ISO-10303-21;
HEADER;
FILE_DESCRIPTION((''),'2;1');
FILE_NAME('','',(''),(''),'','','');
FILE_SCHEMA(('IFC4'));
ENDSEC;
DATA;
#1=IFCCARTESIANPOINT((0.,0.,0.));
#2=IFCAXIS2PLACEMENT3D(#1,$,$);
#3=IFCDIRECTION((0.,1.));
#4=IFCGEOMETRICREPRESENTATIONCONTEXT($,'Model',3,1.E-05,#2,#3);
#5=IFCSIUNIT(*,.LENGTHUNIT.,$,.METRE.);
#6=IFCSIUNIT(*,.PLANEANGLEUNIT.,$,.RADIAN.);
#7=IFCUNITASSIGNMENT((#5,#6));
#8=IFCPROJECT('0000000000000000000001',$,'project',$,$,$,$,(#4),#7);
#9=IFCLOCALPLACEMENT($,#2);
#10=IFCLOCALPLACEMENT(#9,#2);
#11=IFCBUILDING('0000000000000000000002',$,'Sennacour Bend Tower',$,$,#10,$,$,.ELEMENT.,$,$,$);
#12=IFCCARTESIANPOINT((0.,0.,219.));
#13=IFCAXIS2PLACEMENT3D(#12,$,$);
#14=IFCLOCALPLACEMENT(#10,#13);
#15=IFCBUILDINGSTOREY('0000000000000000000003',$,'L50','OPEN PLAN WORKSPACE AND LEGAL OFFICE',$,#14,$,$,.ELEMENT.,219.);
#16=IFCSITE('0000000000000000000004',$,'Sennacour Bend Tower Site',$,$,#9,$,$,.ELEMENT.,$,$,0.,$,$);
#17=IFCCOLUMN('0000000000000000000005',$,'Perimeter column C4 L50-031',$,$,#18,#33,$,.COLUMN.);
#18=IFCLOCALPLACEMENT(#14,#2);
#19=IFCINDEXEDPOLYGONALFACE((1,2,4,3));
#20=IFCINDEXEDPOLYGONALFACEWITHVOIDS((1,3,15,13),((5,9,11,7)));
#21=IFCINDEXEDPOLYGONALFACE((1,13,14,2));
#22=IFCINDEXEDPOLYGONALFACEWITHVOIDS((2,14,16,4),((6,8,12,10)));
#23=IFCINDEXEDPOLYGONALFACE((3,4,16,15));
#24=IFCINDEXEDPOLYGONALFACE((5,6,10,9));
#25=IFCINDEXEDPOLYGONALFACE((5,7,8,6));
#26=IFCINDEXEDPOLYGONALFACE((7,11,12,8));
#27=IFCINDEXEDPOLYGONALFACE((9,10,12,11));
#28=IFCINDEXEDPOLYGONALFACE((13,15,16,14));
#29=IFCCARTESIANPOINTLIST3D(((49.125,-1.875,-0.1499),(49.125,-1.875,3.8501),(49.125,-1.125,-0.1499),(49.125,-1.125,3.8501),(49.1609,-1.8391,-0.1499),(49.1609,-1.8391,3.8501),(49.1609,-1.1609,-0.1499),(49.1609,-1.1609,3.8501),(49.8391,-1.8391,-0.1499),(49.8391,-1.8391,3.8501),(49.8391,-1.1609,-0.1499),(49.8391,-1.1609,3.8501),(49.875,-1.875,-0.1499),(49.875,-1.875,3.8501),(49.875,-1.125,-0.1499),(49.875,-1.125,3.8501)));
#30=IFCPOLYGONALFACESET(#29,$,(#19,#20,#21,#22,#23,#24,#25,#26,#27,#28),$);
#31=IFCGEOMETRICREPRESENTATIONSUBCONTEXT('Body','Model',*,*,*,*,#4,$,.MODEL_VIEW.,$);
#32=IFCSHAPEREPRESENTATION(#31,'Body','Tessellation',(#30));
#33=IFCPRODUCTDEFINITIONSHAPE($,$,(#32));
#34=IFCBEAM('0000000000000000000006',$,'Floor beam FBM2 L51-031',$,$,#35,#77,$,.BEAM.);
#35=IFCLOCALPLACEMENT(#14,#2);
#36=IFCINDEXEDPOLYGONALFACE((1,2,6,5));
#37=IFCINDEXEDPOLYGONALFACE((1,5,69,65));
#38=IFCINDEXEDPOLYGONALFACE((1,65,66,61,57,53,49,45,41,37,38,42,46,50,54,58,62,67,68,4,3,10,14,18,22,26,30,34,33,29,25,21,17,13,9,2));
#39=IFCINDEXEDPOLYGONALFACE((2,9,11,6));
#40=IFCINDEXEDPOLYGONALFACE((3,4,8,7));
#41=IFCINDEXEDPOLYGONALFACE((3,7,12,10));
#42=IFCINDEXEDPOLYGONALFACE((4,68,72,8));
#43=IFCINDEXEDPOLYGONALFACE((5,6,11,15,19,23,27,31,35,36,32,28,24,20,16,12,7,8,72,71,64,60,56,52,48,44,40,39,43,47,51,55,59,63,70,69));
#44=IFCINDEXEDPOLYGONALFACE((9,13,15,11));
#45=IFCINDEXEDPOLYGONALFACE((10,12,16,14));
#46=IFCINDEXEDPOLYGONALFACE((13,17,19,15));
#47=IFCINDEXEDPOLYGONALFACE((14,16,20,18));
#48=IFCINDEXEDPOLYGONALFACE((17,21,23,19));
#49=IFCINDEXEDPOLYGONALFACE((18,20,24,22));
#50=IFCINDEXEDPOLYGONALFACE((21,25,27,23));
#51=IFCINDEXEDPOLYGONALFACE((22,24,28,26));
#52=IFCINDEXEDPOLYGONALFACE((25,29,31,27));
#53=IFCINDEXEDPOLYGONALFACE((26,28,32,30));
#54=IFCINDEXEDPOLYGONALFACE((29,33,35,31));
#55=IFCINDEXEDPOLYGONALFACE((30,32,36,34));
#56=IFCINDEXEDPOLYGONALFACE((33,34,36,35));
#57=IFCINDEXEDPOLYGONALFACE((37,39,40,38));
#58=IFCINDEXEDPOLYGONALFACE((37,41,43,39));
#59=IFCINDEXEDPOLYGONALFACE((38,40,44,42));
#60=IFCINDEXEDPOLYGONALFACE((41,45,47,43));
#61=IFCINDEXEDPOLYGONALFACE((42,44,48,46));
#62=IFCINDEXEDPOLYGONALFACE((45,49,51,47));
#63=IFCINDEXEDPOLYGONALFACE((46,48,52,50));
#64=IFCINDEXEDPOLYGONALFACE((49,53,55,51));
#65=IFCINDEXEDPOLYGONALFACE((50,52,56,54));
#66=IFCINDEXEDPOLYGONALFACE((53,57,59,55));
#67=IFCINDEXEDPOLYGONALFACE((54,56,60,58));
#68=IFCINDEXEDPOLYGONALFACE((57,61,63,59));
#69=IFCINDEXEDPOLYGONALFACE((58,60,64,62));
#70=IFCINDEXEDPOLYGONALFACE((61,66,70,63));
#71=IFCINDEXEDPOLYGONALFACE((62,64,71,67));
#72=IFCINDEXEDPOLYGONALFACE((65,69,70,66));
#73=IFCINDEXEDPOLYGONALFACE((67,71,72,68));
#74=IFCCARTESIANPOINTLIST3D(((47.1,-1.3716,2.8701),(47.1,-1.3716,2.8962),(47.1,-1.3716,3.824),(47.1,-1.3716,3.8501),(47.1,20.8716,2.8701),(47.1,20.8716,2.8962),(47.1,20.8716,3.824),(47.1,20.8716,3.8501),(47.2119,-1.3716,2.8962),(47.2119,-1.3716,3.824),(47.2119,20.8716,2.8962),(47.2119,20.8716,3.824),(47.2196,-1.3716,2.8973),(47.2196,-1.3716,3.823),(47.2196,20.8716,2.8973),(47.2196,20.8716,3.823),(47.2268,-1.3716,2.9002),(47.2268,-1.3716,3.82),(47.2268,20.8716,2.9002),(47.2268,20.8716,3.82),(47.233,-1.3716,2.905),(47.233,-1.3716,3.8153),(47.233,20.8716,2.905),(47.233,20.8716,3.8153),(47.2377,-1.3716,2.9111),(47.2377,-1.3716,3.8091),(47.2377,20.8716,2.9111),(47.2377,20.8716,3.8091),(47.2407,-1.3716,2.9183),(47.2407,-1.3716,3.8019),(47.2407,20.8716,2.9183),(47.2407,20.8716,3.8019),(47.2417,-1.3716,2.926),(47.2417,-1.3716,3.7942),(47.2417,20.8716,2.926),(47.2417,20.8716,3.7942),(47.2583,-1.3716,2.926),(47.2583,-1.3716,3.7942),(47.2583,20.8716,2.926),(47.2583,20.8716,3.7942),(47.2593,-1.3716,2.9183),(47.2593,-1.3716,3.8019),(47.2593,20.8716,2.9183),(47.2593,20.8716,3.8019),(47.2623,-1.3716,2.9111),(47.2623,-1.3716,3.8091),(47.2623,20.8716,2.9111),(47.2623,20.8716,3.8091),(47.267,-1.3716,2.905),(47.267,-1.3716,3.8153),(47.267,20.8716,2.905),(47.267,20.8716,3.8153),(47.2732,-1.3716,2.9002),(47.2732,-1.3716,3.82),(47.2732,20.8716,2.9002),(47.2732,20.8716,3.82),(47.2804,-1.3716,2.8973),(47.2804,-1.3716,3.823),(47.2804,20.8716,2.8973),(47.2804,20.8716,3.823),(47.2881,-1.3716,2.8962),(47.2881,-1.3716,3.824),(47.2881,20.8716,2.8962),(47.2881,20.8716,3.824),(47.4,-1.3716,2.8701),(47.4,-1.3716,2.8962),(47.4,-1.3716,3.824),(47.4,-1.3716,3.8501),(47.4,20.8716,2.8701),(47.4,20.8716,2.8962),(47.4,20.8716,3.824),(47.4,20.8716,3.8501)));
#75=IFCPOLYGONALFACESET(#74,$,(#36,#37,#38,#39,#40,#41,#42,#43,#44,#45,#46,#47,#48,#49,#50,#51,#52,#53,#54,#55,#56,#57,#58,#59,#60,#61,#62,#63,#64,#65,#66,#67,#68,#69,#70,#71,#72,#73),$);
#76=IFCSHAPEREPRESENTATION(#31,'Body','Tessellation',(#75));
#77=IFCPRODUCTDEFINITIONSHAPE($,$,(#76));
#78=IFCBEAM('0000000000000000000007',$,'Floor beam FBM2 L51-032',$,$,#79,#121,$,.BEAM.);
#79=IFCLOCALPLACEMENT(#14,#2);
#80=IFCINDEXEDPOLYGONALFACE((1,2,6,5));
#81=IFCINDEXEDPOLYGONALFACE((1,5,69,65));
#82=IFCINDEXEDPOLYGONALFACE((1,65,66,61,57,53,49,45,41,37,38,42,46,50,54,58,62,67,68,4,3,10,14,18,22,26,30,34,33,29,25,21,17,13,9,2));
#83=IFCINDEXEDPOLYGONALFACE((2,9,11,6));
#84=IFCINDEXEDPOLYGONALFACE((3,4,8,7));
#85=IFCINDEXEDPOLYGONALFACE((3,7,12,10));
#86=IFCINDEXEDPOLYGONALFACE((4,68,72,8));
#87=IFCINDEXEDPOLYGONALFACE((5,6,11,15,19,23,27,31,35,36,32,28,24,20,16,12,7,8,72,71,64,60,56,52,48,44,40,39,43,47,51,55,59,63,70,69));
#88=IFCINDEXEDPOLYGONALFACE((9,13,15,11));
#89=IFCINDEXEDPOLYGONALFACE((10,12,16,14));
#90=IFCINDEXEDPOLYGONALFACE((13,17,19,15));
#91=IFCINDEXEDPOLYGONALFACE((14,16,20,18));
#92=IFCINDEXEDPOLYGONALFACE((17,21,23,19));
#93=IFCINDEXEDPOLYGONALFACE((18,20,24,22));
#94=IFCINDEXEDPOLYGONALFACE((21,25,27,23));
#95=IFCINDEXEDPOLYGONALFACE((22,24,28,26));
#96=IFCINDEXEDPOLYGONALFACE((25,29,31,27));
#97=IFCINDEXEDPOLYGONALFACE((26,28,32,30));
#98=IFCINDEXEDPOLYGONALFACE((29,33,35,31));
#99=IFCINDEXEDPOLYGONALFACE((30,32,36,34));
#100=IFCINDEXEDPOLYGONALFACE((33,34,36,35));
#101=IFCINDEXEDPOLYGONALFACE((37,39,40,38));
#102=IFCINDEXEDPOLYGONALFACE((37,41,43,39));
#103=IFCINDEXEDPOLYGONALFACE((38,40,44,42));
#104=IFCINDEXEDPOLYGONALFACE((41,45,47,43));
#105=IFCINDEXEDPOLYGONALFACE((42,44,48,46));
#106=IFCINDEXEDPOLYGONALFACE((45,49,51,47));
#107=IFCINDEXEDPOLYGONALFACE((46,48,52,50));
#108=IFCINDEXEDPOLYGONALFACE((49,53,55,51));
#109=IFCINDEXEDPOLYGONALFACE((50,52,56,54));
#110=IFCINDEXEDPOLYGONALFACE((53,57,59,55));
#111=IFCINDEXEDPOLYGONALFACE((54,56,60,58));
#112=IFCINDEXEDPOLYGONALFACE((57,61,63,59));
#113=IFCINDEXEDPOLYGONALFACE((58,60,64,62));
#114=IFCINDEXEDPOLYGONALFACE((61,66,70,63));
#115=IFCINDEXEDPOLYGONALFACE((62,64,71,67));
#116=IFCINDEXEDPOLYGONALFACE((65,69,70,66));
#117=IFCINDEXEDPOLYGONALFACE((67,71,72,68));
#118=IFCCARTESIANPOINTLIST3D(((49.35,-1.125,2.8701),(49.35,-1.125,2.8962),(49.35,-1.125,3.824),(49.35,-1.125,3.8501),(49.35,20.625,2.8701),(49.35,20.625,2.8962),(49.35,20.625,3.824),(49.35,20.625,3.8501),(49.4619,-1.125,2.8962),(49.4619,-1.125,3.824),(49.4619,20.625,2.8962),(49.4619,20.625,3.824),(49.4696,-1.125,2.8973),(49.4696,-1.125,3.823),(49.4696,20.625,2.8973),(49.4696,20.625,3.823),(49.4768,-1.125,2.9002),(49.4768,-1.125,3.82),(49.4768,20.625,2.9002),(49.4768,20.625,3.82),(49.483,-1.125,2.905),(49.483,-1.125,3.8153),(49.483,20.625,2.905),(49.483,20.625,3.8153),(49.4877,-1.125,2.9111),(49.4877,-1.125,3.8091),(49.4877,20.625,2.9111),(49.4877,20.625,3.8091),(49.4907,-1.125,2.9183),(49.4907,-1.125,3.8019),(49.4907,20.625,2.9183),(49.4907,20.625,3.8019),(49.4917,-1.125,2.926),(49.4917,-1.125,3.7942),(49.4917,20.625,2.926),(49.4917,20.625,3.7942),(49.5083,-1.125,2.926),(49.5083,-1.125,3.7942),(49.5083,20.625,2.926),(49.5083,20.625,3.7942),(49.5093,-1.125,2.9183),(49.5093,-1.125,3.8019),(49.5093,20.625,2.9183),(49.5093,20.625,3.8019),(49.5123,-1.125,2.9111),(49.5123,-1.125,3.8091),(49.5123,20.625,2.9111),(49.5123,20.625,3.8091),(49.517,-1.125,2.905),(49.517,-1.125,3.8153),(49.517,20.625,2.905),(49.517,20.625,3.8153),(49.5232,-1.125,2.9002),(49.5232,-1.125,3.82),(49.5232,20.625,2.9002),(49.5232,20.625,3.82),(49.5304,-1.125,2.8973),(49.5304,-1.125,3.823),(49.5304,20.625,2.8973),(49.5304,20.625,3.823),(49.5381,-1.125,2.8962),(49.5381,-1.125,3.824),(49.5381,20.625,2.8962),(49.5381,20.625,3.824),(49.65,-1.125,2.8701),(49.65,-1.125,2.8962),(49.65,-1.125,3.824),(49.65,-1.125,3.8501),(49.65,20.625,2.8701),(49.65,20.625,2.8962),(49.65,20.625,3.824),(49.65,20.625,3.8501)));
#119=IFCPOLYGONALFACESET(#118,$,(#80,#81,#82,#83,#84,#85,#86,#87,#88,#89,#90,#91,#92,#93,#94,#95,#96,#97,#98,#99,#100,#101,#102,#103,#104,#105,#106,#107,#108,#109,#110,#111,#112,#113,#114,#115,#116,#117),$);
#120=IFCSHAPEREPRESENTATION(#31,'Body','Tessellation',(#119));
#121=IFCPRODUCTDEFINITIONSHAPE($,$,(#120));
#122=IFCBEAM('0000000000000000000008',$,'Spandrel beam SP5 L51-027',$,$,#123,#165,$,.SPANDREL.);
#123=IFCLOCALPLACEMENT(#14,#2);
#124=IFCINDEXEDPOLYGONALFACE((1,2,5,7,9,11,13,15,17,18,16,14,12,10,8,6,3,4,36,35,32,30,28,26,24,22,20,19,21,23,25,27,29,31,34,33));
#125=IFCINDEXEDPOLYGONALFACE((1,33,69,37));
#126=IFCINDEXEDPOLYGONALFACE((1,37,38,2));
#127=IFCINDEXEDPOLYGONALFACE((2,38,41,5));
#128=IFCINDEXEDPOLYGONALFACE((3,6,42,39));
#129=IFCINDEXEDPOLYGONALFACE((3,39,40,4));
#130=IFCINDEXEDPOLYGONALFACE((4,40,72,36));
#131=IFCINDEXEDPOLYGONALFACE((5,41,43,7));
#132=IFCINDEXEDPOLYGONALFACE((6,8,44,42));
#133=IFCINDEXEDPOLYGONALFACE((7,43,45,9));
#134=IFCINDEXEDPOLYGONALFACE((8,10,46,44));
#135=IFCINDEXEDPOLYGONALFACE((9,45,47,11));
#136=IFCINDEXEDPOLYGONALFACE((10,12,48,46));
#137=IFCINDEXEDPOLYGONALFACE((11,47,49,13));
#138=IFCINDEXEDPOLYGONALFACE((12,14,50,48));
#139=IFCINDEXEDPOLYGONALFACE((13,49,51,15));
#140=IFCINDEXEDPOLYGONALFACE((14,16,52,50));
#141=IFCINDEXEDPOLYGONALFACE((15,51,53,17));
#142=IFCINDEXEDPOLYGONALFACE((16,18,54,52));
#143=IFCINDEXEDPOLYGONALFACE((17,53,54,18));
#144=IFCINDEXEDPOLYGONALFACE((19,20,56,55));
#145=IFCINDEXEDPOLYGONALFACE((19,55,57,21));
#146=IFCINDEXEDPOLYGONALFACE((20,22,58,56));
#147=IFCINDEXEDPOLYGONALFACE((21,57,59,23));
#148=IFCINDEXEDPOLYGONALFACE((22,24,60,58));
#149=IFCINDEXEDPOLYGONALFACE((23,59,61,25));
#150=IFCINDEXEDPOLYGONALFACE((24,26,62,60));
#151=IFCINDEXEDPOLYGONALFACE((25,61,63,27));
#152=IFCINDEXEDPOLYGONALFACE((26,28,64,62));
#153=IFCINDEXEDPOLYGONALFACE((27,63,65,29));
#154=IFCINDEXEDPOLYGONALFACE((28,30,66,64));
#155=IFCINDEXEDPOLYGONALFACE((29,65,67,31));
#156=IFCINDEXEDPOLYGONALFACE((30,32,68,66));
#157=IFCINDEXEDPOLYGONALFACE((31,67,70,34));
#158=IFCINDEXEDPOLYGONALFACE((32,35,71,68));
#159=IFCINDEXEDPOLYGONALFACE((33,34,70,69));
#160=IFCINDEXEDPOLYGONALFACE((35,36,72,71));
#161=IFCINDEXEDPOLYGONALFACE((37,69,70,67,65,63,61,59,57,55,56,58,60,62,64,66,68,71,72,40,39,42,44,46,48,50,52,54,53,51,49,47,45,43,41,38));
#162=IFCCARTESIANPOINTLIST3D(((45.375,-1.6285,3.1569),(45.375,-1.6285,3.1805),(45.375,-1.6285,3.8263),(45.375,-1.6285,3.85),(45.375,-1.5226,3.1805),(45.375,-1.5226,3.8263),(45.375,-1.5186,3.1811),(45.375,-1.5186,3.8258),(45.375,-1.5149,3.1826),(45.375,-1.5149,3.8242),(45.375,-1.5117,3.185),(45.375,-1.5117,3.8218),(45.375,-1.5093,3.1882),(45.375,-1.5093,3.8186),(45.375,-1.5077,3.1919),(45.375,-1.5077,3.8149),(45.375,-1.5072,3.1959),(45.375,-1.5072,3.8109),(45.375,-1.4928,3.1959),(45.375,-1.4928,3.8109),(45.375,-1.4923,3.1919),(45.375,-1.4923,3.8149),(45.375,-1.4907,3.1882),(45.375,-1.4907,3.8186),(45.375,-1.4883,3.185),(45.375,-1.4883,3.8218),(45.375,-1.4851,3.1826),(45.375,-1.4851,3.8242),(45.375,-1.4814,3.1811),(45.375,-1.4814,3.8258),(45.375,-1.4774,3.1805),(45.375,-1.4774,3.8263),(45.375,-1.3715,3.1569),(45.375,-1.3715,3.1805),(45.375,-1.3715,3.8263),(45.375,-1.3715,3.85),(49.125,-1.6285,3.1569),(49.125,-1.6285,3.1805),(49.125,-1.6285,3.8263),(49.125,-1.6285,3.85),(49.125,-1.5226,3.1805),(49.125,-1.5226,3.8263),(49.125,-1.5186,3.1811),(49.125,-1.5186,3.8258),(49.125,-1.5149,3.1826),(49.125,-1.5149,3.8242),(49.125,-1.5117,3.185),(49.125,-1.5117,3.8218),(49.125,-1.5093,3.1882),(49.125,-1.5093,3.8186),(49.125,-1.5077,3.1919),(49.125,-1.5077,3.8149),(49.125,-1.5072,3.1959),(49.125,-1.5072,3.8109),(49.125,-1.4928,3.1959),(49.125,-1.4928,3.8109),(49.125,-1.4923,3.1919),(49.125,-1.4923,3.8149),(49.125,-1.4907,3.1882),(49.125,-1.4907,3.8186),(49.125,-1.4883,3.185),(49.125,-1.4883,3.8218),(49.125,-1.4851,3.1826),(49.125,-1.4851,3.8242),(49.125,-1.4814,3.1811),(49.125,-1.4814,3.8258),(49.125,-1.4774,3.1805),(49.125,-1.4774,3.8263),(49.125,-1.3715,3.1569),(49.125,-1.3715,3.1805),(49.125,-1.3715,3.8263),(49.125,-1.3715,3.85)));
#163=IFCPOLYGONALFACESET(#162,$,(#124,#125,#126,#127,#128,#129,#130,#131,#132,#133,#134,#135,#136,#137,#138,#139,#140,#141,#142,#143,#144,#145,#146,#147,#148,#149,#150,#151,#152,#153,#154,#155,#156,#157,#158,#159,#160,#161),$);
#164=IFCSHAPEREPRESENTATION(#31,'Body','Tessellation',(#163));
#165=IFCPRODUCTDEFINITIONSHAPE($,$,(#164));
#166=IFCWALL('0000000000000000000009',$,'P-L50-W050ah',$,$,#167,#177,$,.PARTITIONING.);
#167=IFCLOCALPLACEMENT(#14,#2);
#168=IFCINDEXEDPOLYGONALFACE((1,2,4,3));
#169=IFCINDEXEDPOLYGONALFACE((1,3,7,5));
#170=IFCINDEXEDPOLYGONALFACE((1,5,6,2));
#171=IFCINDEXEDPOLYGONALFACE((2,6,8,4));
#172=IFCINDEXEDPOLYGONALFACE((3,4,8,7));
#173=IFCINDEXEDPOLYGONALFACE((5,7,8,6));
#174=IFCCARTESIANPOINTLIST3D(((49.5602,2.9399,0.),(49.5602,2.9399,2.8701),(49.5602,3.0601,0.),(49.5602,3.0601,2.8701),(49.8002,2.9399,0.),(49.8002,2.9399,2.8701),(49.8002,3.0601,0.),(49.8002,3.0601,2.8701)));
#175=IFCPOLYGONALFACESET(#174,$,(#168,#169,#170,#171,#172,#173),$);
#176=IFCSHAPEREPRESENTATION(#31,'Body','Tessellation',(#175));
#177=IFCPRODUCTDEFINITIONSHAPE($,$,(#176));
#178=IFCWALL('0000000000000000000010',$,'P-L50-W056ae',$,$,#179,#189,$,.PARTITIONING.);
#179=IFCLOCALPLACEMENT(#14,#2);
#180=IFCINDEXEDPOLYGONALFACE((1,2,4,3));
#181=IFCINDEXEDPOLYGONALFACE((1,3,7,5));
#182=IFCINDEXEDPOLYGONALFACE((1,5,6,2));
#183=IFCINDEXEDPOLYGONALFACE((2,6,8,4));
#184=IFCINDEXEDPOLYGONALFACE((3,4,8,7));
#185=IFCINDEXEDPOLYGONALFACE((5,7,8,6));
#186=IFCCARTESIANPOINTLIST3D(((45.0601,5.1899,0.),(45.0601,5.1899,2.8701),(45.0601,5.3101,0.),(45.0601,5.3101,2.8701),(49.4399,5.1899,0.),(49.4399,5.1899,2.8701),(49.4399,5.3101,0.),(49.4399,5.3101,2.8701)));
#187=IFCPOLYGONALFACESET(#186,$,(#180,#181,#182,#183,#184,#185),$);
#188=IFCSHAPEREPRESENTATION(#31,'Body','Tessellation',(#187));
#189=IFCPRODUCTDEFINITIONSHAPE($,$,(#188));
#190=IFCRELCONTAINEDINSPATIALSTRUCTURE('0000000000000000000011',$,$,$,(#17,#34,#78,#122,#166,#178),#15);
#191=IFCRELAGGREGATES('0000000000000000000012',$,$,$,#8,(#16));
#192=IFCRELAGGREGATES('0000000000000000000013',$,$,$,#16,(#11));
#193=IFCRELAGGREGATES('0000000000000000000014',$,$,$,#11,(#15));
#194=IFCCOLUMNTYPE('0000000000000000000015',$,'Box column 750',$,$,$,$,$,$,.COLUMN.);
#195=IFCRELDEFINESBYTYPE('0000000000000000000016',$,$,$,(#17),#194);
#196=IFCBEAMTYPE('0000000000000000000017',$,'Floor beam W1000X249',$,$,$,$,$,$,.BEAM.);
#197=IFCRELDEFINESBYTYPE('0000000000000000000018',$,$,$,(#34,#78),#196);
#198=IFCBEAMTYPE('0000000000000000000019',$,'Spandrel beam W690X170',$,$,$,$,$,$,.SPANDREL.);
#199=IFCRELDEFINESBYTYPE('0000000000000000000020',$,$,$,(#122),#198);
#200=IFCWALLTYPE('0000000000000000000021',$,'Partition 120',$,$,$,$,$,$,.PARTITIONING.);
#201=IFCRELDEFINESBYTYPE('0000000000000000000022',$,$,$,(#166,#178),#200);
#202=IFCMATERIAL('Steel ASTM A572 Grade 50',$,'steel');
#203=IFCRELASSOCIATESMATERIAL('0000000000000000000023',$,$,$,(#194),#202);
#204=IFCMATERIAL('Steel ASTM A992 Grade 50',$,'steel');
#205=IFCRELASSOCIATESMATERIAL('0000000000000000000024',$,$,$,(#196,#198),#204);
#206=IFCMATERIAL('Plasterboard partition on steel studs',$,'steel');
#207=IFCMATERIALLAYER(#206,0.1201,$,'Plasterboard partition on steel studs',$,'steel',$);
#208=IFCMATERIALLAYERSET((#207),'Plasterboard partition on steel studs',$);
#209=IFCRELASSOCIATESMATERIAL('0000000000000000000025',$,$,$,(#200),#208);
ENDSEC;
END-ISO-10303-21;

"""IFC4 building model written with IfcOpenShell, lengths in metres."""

from ifc_helpers import new_model, si_unit, direction, frame, frame_2d, origin, origin_2d, place, context, subcontext, project, spatial, rectangle, hollow_rectangle, i_section, extrude, material, layer, layer_set, material_profile, profile_set, type_object, element, save


model = new_model("IFC4")

# Units and contexts
model_context = context("Model", 3, precision=1e-05, world=origin(), true_north=direction((0.0, 1.0)))
body_context = subcontext(model_context, "Body", "Model", "MODEL_VIEW")
ifc_project = project(units=[si_unit("LENGTHUNIT", "METRE"), si_unit("PLANEANGLEUNIT", "RADIAN")], contexts=[model_context])

# Site, building, storey
site_placement = place(None, origin())
site = spatial("IfcSite", under=ifc_project, at=site_placement, Name="Sennacour Bend Tower Site", CompositionType="ELEMENT", RefElevation=0.0)
building_placement = place(site_placement, origin())
building = spatial("IfcBuilding", under=site, at=building_placement, Name="Sennacour Bend Tower", CompositionType="ELEMENT")
storey_placement = place(building_placement, frame((0.0, 0.0, 219.0)))
storey = spatial("IfcBuildingStorey", under=building, at=storey_placement, Name="L50", Description="OPEN PLAN WORKSPACE AND LEGAL OFFICE", CompositionType="ELEMENT", Elevation=219.0)

# Column
ifc_material_1 = material(Name="Steel ASTM A572 Grade 50", Category="steel")
ifc_material_profile_1 = material_profile(ifc_material_1, hollow_rectangle(XDim=0.75, YDim=0.75, WallThickness=0.0359, at=origin_2d()), Name="Steel ASTM A572 Grade 50", Category="steel")
ifc_profile_set_1 = profile_set([ifc_material_profile_1], Name="Steel ASTM A572 Grade 50")
column_type = type_object("IfcColumnType", Name="Box column 750", PredefinedType="COLUMN", material=ifc_profile_set_1)
column_placement = place(storey_placement, frame((49.5, -1.5, -0.1499), z_axis=(0.0, 0.0, 1.0), x_axis=(1.0, 0.0, 0.0)))
element("IfcColumn", 1, at=column_placement, inside=storey, type_object=column_type, Name="Perimeter column C4 L50-031", PredefinedType="COLUMN", context=body_context, shape_type="SweptSolid", body=[
    extrude(hollow_rectangle(XDim=0.75, YDim=0.75, WallThickness=0.0359, at=origin_2d()), origin(), (0.0, 0.0, 1.0), 4.0),
])

# Beams
ifc_material_2 = material(Name="Steel ASTM A992 Grade 50", Category="steel")
ifc_material_profile_2 = material_profile(ifc_material_2, i_section(OverallWidth=0.3, OverallDepth=0.98, WebThickness=0.0166, FlangeThickness=0.0261, FilletRadius=0.0298, at=origin_2d()), Name="Steel ASTM A992 Grade 50", Category="steel")
ifc_profile_set_2 = profile_set([ifc_material_profile_2], Name="Steel ASTM A992 Grade 50")
beam_type_1 = type_object("IfcBeamType", Name="Floor beam W1000X249", PredefinedType="BEAM", material=ifc_profile_set_2)
beam_1_placement = place(storey_placement, frame((47.25, -1.3716, 3.3601), z_axis=(0.0, 1.0, 0.0), x_axis=(-1.0, 0.0, 0.0)))
element("IfcBeam", 2, at=beam_1_placement, inside=storey, type_object=beam_type_1, Name="Floor beam FBM2 L51-031", PredefinedType="BEAM", context=body_context, shape_type="SweptSolid", body=[
    extrude(i_section(OverallWidth=0.3, OverallDepth=0.98, WebThickness=0.0166, FlangeThickness=0.0261, FilletRadius=0.0298, at=origin_2d()), origin(), (0.0, 0.0, 1.0), 22.2432),
])
beam_2_placement = place(storey_placement, frame((49.5, -1.125, 3.3601), z_axis=(0.0, 1.0, 0.0), x_axis=(-1.0, 0.0, 0.0)))
element("IfcBeam", 3, at=beam_2_placement, inside=storey, type_object=beam_type_1, Name="Floor beam FBM2 L51-032", PredefinedType="BEAM", context=body_context, shape_type="SweptSolid", body=[
    extrude(i_section(OverallWidth=0.3, OverallDepth=0.98, WebThickness=0.0166, FlangeThickness=0.0261, FilletRadius=0.0298, at=origin_2d()), origin(), (0.0, 0.0, 1.0), 21.75),
])
ifc_material_profile_3 = material_profile(ifc_material_2, i_section(OverallWidth=0.2571, OverallDepth=0.6931, WebThickness=0.0144, FlangeThickness=0.0237, FilletRadius=0.0154, at=origin_2d()), Name="Steel ASTM A992 Grade 50", Category="steel")
ifc_profile_set_3 = profile_set([ifc_material_profile_3], Name="Steel ASTM A992 Grade 50")
beam_type_2 = type_object("IfcBeamType", Name="Spandrel beam W690X170", PredefinedType="SPANDREL", material=ifc_profile_set_3)
beam_3_placement = place(storey_placement, frame((49.125, -1.5, 3.5034), z_axis=(-1.0, 0.0, 0.0), x_axis=(0.0, -1.0, 0.0)))
element("IfcBeam", 4, at=beam_3_placement, inside=storey, type_object=beam_type_2, Name="Spandrel beam SP5 L51-027", PredefinedType="SPANDREL", context=body_context, shape_type="SweptSolid", body=[
    extrude(i_section(OverallWidth=0.2571, OverallDepth=0.6931, WebThickness=0.0144, FlangeThickness=0.0237, FilletRadius=0.0154, at=origin_2d()), origin(), (0.0, 0.0, 1.0), 3.75),
])

# Walls
ifc_material_3 = material(Name="Plasterboard partition on steel studs", Category="steel")
ifc_layer_1 = layer(ifc_material_3, 0.1201, Name="Plasterboard partition on steel studs", Category="steel")
ifc_layer_set_1 = layer_set([ifc_layer_1], Name="Plasterboard partition on steel studs")
wall_type_1 = type_object("IfcWallType", Name="Partition 120", PredefinedType="PARTITIONING", material=ifc_layer_set_1)
wall_1_placement = place(storey_placement, frame((49.5601, 3.0, 0.0), z_axis=(0.0, 0.0, 1.0), x_axis=(1.0, 0.0, 0.0)))
element("IfcWall", 5, at=wall_1_placement, inside=storey, type_object=wall_type_1, Name="P-L50-W050ah", PredefinedType="PARTITIONING", context=body_context, shape_type="SweptSolid", body=[
    extrude(rectangle(XDim=0.24, YDim=0.1201, at=frame_2d((0.1201, 0.0))), origin(), (0.0, 0.0, 1.0), 2.8701),
])
wall_2_placement = place(storey_placement, frame((45.0601, 5.25, 0.0), z_axis=(0.0, 0.0, 1.0), x_axis=(1.0, 0.0, 0.0)))
element("IfcWall", 6, at=wall_2_placement, inside=storey, type_object=wall_type_1, Name="P-L50-W056ae", PredefinedType="PARTITIONING", context=body_context, shape_type="SweptSolid", body=[
    extrude(rectangle(XDim=4.3799, YDim=0.1201, at=frame_2d((2.1899, 0.0))), origin(), (0.0, 0.0, 1.0), 2.8701),
])

save(model, "model.ifc")
